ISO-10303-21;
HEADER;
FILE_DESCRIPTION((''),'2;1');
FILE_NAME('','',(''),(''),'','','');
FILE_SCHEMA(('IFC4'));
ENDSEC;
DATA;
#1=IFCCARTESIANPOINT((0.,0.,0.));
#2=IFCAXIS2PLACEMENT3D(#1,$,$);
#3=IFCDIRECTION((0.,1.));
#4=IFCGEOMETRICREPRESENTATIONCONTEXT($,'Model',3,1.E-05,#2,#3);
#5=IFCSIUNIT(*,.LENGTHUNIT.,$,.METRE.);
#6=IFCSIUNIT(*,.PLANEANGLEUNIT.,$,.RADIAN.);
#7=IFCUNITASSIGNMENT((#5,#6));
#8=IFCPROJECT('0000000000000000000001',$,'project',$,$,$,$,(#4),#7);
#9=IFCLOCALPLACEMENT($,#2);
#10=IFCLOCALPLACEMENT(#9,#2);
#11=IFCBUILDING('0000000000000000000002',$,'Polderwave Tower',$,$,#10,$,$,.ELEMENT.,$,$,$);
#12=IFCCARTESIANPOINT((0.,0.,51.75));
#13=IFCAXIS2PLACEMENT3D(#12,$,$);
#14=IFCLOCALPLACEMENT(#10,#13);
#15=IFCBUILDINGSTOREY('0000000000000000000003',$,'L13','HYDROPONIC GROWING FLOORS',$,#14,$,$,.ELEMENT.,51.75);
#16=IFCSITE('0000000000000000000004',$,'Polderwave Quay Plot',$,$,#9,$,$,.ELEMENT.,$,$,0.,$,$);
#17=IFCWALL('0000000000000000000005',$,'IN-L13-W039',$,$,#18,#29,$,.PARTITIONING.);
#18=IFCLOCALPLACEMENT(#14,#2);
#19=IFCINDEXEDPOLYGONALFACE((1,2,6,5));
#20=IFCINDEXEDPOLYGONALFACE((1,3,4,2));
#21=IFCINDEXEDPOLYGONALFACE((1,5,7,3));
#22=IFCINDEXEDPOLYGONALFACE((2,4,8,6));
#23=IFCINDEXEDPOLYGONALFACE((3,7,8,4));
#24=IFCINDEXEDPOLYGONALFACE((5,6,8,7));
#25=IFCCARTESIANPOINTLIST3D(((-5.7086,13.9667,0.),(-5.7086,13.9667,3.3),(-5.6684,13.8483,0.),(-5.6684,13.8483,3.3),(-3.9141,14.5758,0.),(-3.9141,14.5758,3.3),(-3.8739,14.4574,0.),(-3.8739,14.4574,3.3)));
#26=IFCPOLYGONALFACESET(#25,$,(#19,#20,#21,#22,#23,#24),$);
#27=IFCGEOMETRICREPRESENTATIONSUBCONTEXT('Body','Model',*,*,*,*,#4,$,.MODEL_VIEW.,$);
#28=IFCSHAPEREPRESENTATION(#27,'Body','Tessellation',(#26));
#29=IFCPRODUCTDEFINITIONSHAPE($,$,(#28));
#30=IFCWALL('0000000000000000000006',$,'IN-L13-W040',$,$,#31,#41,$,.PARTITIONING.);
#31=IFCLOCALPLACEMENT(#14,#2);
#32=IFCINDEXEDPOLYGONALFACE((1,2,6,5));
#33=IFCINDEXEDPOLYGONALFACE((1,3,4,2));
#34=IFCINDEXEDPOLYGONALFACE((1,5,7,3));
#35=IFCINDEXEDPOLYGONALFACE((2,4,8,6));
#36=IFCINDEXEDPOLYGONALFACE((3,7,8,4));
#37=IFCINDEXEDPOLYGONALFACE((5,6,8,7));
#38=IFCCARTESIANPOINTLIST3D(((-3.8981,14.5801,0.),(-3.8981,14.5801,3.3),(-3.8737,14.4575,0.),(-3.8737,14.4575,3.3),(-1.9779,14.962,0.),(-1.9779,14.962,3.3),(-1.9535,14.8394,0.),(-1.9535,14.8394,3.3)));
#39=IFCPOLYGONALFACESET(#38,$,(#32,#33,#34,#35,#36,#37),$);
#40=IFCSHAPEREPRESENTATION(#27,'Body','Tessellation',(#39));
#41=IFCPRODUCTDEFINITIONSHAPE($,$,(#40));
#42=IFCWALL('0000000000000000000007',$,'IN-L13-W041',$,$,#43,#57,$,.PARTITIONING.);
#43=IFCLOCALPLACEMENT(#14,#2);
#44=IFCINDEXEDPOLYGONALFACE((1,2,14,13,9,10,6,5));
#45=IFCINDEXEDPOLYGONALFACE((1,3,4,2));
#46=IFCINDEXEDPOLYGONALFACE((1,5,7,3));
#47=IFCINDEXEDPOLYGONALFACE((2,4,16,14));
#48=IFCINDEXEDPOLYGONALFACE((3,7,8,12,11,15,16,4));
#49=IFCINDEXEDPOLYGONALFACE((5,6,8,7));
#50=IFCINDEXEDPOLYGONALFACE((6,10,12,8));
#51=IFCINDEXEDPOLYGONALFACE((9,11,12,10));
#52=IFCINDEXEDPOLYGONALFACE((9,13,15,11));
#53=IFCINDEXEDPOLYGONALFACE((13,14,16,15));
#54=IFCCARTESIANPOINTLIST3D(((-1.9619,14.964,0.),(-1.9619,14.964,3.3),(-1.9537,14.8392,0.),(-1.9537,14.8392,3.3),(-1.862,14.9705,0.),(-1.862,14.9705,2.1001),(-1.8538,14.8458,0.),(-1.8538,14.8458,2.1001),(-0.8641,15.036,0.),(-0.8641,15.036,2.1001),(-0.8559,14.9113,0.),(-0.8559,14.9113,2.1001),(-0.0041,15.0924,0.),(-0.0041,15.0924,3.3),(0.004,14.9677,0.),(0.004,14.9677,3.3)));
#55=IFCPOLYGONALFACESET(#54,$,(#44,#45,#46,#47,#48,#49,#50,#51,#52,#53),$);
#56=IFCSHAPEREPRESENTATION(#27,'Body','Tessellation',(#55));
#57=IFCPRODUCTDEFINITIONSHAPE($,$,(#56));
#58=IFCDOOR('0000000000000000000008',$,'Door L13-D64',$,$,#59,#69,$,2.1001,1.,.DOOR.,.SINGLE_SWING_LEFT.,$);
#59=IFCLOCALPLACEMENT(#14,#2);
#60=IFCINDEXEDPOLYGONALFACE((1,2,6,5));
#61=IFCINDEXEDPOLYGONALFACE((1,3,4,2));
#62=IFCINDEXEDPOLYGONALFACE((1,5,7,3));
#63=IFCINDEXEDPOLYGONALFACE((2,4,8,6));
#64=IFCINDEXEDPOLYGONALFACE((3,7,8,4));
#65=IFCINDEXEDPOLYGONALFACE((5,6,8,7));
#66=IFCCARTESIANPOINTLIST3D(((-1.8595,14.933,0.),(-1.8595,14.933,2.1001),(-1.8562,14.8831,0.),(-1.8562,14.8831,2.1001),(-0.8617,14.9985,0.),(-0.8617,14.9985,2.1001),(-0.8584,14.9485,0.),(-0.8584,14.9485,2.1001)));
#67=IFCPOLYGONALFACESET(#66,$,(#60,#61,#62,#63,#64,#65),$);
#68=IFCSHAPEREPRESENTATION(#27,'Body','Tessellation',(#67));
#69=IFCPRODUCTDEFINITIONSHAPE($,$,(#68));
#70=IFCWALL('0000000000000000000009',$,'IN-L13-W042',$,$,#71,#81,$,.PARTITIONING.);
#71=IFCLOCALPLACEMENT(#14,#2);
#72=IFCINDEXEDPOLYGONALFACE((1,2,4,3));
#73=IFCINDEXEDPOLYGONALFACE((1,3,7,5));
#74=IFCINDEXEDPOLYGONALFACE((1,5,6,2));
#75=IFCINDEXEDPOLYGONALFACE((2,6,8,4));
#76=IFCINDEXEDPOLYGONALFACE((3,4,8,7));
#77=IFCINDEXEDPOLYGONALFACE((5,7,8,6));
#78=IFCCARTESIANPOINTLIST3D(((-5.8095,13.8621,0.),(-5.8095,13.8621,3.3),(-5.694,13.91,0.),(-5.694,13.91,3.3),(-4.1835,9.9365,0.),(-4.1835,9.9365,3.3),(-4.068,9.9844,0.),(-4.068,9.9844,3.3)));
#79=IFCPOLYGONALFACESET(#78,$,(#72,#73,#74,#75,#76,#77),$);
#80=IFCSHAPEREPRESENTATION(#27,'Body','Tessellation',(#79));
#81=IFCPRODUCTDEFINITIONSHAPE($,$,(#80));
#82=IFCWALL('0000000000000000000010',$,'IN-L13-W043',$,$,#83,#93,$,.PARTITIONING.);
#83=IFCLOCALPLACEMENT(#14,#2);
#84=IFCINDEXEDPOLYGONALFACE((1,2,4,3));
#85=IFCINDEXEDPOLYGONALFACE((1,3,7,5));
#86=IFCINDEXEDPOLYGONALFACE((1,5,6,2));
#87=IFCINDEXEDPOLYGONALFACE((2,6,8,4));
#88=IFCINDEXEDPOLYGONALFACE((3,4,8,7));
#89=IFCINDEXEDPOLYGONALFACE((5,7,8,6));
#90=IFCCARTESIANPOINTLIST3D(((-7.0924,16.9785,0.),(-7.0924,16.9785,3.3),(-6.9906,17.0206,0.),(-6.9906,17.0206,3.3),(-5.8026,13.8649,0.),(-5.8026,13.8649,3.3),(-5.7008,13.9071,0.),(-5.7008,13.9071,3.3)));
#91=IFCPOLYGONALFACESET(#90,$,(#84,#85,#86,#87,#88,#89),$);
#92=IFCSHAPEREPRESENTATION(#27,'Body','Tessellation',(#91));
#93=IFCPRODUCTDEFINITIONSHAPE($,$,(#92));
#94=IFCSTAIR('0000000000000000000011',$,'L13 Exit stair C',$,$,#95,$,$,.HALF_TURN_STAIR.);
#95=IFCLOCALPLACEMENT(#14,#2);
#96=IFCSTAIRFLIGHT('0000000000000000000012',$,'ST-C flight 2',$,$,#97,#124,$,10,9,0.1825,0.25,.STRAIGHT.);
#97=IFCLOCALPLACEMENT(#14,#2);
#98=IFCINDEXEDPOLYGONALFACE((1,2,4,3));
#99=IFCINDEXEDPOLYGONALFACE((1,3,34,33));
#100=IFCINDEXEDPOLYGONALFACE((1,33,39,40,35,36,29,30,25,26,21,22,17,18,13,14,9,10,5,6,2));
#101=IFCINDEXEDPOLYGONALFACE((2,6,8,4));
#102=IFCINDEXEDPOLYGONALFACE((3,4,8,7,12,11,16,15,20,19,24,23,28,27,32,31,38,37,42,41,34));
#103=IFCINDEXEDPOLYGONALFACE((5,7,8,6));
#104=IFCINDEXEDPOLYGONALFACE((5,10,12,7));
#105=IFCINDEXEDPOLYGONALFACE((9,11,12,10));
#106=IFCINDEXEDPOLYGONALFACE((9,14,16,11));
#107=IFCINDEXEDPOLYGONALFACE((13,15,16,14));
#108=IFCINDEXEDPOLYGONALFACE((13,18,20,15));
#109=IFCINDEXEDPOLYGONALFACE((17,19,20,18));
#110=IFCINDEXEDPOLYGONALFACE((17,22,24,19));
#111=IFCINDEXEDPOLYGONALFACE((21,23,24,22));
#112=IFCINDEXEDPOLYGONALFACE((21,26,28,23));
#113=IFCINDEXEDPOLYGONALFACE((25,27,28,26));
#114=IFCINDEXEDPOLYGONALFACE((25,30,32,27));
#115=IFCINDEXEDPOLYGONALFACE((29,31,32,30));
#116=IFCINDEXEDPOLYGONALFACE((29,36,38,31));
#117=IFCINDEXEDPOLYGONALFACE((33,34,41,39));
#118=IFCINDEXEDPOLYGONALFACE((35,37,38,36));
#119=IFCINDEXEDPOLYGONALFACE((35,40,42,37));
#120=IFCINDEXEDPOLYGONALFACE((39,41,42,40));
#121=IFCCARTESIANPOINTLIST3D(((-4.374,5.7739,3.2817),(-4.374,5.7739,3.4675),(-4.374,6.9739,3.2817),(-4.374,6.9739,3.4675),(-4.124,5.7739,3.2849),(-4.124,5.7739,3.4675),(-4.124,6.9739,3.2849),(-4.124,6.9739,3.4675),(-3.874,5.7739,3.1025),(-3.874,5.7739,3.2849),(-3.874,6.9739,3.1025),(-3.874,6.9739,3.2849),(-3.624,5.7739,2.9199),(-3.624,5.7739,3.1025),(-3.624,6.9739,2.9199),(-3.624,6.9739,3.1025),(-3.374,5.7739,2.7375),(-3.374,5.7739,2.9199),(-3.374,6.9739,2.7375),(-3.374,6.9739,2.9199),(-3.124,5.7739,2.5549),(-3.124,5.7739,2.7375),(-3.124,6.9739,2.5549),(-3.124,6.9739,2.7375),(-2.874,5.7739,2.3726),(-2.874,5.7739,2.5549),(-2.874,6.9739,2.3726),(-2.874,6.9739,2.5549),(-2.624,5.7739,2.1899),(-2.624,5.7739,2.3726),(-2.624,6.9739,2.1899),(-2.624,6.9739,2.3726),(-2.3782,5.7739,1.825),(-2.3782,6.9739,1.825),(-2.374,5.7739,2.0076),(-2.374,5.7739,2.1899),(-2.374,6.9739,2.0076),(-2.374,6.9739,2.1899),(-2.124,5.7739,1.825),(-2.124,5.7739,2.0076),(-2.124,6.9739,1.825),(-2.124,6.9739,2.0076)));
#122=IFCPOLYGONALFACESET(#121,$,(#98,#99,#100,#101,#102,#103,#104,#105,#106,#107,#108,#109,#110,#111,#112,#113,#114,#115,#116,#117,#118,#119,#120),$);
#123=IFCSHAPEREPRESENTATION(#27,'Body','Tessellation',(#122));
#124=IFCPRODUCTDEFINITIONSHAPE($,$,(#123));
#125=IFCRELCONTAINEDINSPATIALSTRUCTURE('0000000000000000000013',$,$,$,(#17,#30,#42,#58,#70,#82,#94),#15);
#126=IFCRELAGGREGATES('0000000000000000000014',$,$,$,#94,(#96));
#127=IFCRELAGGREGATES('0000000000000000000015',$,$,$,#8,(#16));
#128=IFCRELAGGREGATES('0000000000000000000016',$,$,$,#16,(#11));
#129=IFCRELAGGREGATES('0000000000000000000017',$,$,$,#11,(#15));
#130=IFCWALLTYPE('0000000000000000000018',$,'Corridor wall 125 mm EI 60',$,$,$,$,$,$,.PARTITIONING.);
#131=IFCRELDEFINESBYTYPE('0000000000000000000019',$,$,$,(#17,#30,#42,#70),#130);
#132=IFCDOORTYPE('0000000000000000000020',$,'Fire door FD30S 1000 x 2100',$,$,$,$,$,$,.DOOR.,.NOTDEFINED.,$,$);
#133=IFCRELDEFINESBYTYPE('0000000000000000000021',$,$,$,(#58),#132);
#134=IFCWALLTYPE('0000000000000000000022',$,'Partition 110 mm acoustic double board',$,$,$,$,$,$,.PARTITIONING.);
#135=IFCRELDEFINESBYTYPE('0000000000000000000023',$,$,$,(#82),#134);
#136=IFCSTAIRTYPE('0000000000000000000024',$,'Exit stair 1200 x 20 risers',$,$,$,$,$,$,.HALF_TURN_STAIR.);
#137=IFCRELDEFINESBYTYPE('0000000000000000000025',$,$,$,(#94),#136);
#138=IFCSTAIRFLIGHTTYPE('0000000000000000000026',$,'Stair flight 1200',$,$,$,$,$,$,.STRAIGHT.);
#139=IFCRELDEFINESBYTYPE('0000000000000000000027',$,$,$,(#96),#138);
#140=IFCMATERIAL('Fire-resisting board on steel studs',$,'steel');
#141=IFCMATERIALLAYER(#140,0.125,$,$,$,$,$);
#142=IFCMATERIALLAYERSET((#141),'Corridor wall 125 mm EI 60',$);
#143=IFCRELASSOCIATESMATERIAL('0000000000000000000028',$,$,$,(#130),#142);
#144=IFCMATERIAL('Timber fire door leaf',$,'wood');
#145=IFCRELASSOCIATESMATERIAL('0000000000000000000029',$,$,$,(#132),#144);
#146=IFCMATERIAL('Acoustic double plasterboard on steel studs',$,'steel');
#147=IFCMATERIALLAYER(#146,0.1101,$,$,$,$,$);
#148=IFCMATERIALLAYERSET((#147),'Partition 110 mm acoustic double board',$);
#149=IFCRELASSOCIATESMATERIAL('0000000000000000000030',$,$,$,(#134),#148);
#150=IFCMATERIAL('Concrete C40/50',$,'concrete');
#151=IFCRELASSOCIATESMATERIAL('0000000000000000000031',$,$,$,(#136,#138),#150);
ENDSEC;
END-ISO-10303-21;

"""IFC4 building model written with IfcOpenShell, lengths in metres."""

from ifc_helpers import new_model, si_unit, direction, frame, frame_2d, origin, place, context, subcontext, project, spatial, polyline, rectangle, outline, extrude, material, layer, layer_set, type_object, element, fill, aggregate, save


model = new_model("IFC4")

# Units and contexts
model_context = context("Model", 3, precision=1e-05, world=origin(), true_north=direction((0.0, 1.0)))
body_context = subcontext(model_context, "Body", "Model", "MODEL_VIEW")
ifc_project = project(units=[si_unit("LENGTHUNIT", "METRE"), si_unit("PLANEANGLEUNIT", "RADIAN")], contexts=[model_context])

# Site, building, storey
site_placement = place(None, origin())
site = spatial("IfcSite", under=ifc_project, at=site_placement, Name="Polderwave Quay Plot", CompositionType="ELEMENT", RefElevation=0.0)
building_placement = place(site_placement, origin())
building = spatial("IfcBuilding", under=site, at=building_placement, Name="Polderwave Tower", CompositionType="ELEMENT")
storey_placement = place(building_placement, frame((0.0, 0.0, 51.75)))
storey = spatial("IfcBuildingStorey", under=building, at=storey_placement, Name="L13", Description="HYDROPONIC GROWING FLOORS", CompositionType="ELEMENT", Elevation=51.75)

# Shared definitions
ifc_material_1 = material(Name="Fire-resisting board on steel studs", Category="steel")
ifc_layer_1 = layer(ifc_material_1, 0.125)
ifc_layer_set_1 = layer_set([ifc_layer_1], Name="Corridor wall 125 mm EI 60")
wall_type_1 = type_object("IfcWallType", Name="Corridor wall 125 mm EI 60", PredefinedType="PARTITIONING", material=ifc_layer_set_1)
ifc_material_2 = material(Name="Timber fire door leaf", Category="wood")
door_type = type_object("IfcDoorType", Name="Fire door FD30S 1000 x 2100", OperationType="NOTDEFINED", PredefinedType="DOOR", material=ifc_material_2)

# Walls
wall_1_placement = place(storey_placement, frame((-5.6885, 13.9075, 0.0), z_axis=(0.0, 0.0, 1.0), x_axis=(0.94693, 0.321441, 0.0)))
element("IfcWall", 1, at=wall_1_placement, inside=storey, type_object=wall_type_1, Name="IN-L13-W039", PredefinedType="PARTITIONING", context=body_context, shape_type="SweptSolid", body=[
    extrude(rectangle(XDim=1.895, YDim=0.125, at=frame_2d((0.9475, 0.0))), origin(), (0.0, 0.0, 1.0), 3.3),
])
wall_2_placement = place(storey_placement, frame((-3.886, 14.5188, 0.0), z_axis=(0.0, 0.0, 1.0), x_axis=(0.980796, 0.195037, 0.0)))
element("IfcWall", 2, at=wall_2_placement, inside=storey, type_object=wall_type_1, Name="IN-L13-W040", PredefinedType="PARTITIONING", context=body_context, shape_type="SweptSolid", body=[
    extrude(rectangle(XDim=1.9578, YDim=0.125, at=frame_2d((0.979, 0.0))), origin(), (0.0, 0.0, 1.0), 3.3),
])

# Wall, opening, door
wall_3_placement = place(storey_placement, frame((-1.9578, 14.9016, 0.0), z_axis=(0.0, 0.0, 1.0), x_axis=(0.997856, 0.065454, 0.0)))
wall_3 = element("IfcWall", 3, at=wall_3_placement, inside=storey, type_object=wall_type_1, Name="IN-L13-W041", PredefinedType="PARTITIONING", context=body_context, shape_type="SweptSolid", body=[
    extrude(rectangle(XDim=1.9619, YDim=0.125, at=frame_2d((0.981, 0.0))), origin(), (0.0, 0.0, 1.0), 3.3),
])
opening_1_placement = place(wall_3_placement, frame((0.1001, 0.0, 0.0)))
opening_1 = element("IfcOpeningElement", 4, at=opening_1_placement, cuts=wall_3, PredefinedType="OPENING", context=body_context, shape_type="SweptSolid", body=[
    extrude(rectangle(XDim=1.0, YDim=2.1001, at=frame_2d((0.5, 1.05))), frame((0.0, 0.0725, 0.0), z_axis=(0.0, -1.0, 0.0), x_axis=(1.0, 0.0, 0.0)), (0.0, 0.0, 1.0), 0.145),
])
door_1_placement = place(opening_1_placement, origin())
door_1 = element("IfcDoor", 5, at=door_1_placement, inside=storey, type_object=door_type, Name="Door L13-D64", OperationType="SINGLE_SWING_LEFT", OverallHeight=2.1001, OverallWidth=1.0, PredefinedType="DOOR", context=body_context, shape_type="SweptSolid", body=[
    extrude(rectangle(XDim=1.0, YDim=2.1001, at=frame_2d((0.5, 1.05))), frame((0.0, 0.0249, 0.0), z_axis=(0.0, -1.0, 0.0), x_axis=(1.0, 0.0, 0.0)), (0.0, 0.0, 1.0), 0.05),
])
fill(opening_1, door_1)

# Walls
wall_4_placement = place(storey_placement, frame((-4.1257, 9.9604, 0.0), z_axis=(0.0, 0.0, 1.0), x_axis=(-0.382677, 0.923882, 0.0)))
element("IfcWall", 6, at=wall_4_placement, inside=storey, type_object=wall_type_1, Name="IN-L13-W042", PredefinedType="PARTITIONING", context=body_context, shape_type="SweptSolid", body=[
    extrude(rectangle(XDim=4.249, YDim=0.125, at=frame_2d((2.1245, 0.0))), origin(), (0.0, 0.0, 1.0), 3.3),
])
ifc_material_3 = material(Name="Acoustic double plasterboard on steel studs", Category="steel")
ifc_layer_2 = layer(ifc_material_3, 0.1101)
ifc_layer_set_2 = layer_set([ifc_layer_2], Name="Partition 110 mm acoustic double board")
wall_type_2 = type_object("IfcWallType", Name="Partition 110 mm acoustic double board", PredefinedType="PARTITIONING", material=ifc_layer_set_2)
wall_5_placement = place(storey_placement, frame((-5.7517, 13.886, 0.0), z_axis=(0.0, 0.0, 1.0), x_axis=(-0.382716, 0.923866, 0.0)))
element("IfcWall", 7, at=wall_5_placement, inside=storey, type_object=wall_type_2, Name="IN-L13-W043", PredefinedType="PARTITIONING", context=body_context, shape_type="SweptSolid", body=[
    extrude(rectangle(XDim=3.3701, YDim=0.1101, at=frame_2d((1.6851, 0.0))), origin(), (0.0, 0.0, 1.0), 3.3),
])

# Stair, stair flight
ifc_material_4 = material(Name="Concrete C40/50", Category="concrete")
stair_type = type_object("IfcStairType", Name="Exit stair 1200 x 20 risers", PredefinedType="HALF_TURN_STAIR", material=ifc_material_4)
stair_placement = place(storey_placement, origin())
stair = element("IfcStair", 8, at=stair_placement, inside=storey, type_object=stair_type, Name="L13 Exit stair C", PredefinedType="HALF_TURN_STAIR")
stair_flight_type = type_object("IfcStairFlightType", Name="Stair flight 1200", PredefinedType="STRAIGHT", material=ifc_material_4)
stair_flight_placement = place(storey_placement, frame((-2.124, 6.374, 1.825), z_axis=(0.0, 0.0, 1.0), x_axis=(-1.0, 0.0, 0.0)))
stair_flight = element("IfcStairFlight", 9, at=stair_flight_placement, type_object=stair_flight_type, Name="ST-C flight 2", NumberOfRisers=10, NumberOfTreads=9, PredefinedType="STRAIGHT", RiserHeight=0.1825, TreadLength=0.25, context=body_context, shape_type="SweptSolid", body=[
    extrude(outline(polyline([(0.0, 0.0), (0.0, 0.1826), (0.25, 0.1826), (0.25, 0.365), (0.5, 0.365), (0.5, 0.5476), (0.75, 0.5476), (0.75, 0.73), (1.0, 0.73), (1.0, 0.9126), (1.25, 0.9126), (1.25, 1.095), (1.5, 1.095), (1.5, 1.2776), (1.75, 1.2776), (1.75, 1.46), (2.0, 1.46), (2.0, 1.6426), (2.25, 1.6426), (2.25, 1.825), (2.25, 1.4568), (0.2542, 0.0), (0.0, 0.0)])), frame((0.0, 0.6001, 0.0), z_axis=(0.0, -1.0, 0.0), x_axis=(1.0, 0.0, 0.0)), (0.0, 0.0, 1.0), 1.2),
])
aggregate(stair, [stair_flight])

save(model, "model.ifc")
